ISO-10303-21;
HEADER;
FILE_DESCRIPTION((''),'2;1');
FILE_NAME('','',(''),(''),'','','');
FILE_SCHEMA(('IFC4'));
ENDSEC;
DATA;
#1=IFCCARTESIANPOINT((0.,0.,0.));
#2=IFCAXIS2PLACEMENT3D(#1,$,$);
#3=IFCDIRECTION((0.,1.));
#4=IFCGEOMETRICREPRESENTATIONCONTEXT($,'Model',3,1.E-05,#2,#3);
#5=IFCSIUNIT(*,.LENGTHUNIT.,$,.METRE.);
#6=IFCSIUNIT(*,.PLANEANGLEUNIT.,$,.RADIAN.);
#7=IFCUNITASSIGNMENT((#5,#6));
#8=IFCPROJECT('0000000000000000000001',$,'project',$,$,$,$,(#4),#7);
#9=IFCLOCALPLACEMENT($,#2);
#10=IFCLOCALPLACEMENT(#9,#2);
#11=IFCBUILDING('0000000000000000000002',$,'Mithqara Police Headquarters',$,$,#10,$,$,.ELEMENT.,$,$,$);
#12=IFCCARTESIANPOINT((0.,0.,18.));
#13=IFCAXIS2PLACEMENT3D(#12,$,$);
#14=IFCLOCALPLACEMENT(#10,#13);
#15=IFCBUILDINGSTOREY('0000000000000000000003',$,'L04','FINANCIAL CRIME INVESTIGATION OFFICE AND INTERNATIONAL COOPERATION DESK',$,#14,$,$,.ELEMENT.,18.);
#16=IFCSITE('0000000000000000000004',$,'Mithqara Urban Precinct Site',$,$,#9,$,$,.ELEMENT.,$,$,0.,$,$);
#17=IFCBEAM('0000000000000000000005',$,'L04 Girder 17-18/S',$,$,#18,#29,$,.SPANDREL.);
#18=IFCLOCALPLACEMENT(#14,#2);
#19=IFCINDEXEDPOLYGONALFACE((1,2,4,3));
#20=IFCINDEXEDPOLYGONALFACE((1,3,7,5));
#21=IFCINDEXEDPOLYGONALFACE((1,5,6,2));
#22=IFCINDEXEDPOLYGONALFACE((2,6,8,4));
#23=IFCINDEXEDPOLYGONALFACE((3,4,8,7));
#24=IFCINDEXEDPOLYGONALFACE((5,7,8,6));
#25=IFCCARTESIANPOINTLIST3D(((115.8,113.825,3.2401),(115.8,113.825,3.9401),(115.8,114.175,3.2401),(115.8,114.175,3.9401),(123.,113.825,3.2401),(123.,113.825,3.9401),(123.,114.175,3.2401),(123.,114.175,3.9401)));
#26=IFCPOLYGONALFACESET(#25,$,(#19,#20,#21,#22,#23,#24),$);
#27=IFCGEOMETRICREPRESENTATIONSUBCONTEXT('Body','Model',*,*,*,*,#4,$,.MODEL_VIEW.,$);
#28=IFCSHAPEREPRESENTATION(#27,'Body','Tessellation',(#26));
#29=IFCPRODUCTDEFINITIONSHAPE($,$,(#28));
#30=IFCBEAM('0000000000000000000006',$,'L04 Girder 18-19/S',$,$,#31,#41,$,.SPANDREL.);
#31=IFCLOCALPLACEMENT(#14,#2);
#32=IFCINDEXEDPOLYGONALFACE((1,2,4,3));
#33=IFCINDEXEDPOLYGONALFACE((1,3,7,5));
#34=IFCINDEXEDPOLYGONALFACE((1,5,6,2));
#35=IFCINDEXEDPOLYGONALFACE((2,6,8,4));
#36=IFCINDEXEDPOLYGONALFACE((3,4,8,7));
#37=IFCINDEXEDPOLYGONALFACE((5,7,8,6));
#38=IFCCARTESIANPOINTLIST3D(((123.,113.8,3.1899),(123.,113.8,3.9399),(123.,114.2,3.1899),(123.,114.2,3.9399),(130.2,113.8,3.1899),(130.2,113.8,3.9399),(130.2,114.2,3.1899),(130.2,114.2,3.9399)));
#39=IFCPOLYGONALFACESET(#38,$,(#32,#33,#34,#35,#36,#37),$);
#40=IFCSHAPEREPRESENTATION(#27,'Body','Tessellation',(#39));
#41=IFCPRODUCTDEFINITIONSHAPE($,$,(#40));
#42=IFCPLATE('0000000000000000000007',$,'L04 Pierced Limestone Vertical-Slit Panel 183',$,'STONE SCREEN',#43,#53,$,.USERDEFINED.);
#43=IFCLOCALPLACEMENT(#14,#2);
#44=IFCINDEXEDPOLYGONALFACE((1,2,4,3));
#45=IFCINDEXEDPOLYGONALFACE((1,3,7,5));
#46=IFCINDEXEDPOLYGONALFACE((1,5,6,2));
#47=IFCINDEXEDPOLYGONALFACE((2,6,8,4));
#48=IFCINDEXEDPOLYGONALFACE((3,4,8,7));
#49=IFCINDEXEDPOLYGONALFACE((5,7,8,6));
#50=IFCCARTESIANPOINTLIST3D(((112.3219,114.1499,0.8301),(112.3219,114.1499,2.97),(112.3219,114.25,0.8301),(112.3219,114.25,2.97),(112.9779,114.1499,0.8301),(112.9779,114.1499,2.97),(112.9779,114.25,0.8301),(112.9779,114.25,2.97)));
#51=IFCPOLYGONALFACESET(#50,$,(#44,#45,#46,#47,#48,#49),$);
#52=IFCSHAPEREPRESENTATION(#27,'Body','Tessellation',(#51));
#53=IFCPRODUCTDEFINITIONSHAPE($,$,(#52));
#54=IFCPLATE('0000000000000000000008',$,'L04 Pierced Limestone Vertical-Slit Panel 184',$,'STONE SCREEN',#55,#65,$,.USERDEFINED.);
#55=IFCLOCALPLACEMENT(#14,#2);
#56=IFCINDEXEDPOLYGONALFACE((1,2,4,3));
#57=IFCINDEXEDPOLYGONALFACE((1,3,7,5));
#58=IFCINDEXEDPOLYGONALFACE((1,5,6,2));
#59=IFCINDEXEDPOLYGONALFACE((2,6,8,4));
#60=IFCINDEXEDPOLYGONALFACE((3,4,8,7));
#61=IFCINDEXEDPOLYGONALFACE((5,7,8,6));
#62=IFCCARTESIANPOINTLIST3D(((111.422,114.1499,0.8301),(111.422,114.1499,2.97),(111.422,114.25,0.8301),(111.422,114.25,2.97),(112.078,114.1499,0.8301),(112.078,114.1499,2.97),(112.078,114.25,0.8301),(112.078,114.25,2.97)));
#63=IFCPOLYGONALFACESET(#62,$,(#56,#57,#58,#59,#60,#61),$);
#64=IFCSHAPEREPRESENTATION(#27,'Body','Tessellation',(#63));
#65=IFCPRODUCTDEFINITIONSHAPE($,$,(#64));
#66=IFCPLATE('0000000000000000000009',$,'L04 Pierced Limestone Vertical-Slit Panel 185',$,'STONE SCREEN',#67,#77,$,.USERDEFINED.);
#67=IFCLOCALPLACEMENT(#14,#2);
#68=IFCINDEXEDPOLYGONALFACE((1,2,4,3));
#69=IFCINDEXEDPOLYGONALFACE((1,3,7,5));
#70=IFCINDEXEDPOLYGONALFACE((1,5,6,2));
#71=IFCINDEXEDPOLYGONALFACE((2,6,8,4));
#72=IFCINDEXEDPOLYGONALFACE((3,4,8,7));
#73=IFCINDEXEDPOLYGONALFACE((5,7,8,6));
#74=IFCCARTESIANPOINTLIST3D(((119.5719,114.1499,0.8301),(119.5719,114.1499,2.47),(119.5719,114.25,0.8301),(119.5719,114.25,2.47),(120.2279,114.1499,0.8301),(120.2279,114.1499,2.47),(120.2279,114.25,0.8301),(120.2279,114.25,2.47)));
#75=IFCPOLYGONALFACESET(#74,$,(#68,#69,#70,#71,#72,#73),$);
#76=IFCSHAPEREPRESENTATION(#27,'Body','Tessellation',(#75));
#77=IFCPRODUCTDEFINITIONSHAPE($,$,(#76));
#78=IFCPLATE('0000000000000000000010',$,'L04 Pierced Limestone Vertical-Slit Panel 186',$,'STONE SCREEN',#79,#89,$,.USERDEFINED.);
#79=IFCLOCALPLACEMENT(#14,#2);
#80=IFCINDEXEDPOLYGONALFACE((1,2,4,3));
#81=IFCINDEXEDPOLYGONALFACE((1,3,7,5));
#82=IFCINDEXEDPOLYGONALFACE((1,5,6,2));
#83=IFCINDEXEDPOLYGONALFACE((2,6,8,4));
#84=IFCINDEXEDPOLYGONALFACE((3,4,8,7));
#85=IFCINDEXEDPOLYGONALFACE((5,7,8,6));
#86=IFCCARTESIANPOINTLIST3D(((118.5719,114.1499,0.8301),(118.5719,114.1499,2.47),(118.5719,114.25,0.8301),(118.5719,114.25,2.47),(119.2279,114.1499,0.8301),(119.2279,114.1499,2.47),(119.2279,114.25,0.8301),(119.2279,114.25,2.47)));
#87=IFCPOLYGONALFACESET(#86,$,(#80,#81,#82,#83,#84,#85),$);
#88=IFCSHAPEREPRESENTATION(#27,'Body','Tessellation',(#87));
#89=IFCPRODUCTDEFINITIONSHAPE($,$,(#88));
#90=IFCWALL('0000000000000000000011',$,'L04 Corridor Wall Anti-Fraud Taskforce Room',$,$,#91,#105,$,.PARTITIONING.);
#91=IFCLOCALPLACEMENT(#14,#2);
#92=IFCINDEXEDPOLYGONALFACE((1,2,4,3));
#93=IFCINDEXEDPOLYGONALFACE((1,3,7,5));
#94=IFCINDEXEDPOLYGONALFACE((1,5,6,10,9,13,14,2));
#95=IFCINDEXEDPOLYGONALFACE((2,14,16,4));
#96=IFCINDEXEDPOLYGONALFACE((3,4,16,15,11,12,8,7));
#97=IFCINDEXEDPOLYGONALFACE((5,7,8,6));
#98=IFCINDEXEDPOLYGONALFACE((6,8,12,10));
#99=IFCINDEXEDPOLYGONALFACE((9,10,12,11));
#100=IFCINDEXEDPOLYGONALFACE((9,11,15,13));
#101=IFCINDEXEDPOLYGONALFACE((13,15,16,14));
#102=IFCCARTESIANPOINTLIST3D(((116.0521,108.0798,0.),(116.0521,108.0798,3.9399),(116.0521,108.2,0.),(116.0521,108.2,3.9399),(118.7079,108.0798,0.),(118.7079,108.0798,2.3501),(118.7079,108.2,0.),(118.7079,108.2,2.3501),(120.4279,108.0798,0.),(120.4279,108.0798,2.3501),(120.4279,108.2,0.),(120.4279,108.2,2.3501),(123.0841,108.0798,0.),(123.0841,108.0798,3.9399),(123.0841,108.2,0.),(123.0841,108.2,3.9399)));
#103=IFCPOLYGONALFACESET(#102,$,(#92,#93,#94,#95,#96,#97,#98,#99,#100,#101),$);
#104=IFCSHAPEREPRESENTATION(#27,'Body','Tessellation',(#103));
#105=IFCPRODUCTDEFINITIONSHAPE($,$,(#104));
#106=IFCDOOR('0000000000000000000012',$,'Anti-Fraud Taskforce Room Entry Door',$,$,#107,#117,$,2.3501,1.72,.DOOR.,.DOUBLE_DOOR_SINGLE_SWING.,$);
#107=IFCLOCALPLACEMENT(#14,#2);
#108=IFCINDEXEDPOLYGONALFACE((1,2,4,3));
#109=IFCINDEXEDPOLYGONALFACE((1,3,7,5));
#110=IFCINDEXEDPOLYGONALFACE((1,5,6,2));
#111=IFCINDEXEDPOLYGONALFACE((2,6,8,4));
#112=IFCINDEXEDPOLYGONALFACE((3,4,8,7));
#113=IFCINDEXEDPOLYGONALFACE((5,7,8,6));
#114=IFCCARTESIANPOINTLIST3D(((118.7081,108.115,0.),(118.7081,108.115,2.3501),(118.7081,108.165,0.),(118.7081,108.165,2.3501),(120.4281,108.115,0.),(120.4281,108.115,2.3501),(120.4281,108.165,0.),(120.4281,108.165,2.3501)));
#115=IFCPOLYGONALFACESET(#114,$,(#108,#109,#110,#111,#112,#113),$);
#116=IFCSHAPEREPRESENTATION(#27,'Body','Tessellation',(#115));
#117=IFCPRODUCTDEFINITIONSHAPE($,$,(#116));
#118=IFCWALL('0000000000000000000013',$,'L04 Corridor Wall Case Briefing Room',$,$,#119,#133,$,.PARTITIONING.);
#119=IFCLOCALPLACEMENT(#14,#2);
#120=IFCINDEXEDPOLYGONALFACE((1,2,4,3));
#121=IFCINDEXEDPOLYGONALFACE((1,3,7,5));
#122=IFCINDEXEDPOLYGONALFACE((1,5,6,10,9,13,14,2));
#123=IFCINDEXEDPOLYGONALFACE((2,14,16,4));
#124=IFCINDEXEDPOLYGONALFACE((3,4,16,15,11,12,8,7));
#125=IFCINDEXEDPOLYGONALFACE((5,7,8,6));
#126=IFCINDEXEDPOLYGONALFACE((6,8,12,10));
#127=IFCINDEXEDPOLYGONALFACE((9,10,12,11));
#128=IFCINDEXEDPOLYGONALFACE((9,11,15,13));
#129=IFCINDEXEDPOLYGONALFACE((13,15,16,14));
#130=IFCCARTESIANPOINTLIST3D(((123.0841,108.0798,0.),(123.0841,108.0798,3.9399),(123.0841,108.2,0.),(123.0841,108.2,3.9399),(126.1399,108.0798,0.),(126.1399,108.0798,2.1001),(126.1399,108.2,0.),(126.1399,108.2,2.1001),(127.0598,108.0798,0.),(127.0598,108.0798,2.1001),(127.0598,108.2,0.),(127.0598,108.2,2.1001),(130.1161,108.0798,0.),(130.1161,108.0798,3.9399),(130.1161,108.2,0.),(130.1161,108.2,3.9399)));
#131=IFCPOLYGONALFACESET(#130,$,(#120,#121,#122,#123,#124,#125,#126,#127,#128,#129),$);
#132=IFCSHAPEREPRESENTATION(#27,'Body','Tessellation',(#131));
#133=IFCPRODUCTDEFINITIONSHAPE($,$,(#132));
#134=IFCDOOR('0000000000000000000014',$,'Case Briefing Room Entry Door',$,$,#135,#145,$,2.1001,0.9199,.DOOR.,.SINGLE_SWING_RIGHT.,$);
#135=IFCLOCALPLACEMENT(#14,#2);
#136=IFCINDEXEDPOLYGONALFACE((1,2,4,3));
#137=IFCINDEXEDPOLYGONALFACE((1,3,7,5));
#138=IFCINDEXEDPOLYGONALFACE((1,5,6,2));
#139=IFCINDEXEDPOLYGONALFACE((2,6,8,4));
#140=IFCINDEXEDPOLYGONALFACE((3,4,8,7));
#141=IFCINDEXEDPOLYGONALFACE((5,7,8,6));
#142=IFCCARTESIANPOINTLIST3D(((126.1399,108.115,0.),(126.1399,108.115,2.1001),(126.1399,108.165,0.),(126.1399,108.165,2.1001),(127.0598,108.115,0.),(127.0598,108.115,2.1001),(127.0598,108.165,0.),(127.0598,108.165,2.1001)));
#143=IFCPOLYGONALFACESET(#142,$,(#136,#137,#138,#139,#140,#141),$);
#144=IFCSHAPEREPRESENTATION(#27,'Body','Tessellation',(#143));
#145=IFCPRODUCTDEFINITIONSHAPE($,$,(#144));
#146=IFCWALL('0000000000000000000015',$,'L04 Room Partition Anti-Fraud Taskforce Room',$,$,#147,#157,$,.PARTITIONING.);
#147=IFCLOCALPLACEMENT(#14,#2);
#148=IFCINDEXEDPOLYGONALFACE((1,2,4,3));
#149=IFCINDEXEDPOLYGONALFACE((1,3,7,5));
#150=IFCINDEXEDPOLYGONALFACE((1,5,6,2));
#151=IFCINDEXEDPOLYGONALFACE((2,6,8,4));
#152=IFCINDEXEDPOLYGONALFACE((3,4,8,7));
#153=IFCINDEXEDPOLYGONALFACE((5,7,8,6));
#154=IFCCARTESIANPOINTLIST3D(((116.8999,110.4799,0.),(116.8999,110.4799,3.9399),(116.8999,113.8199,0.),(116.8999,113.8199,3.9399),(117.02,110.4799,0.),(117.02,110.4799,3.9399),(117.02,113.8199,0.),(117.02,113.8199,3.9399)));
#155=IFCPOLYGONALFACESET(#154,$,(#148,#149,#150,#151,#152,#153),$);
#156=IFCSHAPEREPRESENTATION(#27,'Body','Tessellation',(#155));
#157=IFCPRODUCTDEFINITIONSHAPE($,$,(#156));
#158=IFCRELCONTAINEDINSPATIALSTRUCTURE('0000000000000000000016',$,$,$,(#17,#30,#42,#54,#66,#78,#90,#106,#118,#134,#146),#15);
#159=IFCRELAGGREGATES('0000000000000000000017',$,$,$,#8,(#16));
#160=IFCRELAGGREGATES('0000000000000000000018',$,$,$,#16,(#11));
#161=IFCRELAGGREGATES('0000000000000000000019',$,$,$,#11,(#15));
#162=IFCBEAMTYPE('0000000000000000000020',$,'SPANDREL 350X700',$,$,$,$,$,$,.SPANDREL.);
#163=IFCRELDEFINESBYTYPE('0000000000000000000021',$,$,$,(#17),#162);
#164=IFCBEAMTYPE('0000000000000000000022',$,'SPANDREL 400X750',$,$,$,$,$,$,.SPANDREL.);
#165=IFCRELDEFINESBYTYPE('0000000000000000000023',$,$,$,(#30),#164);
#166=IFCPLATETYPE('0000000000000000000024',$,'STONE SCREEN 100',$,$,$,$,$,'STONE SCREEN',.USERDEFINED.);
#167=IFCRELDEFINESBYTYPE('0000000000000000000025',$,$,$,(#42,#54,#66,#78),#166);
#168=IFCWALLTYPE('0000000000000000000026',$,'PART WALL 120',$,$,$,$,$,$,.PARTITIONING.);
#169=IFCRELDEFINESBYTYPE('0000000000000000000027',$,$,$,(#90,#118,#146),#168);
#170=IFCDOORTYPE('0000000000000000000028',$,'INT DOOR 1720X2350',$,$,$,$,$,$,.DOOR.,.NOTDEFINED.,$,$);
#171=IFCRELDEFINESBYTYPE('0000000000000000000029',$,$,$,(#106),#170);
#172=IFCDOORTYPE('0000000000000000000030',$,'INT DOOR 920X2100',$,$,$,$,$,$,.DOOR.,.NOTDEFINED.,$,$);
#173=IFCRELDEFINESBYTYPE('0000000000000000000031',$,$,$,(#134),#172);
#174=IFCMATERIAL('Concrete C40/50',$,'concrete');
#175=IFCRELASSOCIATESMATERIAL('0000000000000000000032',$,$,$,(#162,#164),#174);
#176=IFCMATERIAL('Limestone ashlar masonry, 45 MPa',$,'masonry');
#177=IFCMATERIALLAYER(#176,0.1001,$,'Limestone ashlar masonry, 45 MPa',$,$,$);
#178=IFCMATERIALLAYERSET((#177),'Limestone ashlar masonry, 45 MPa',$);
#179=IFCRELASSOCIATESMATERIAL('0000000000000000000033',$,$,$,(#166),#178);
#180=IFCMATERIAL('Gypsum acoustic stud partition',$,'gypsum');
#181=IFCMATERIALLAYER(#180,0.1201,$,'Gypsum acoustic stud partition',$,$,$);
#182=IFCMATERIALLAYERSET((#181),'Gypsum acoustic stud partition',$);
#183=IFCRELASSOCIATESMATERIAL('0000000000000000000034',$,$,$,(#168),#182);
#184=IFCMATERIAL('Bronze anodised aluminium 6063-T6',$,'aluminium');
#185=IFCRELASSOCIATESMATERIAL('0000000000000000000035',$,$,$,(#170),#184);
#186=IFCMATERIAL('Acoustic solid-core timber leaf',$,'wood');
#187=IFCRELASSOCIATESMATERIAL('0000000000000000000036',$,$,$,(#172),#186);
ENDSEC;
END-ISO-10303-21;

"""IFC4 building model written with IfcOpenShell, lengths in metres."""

from ifc_helpers import new_model, si_unit, direction, frame, frame_2d, origin, origin_2d, place, context, subcontext, project, spatial, rectangle, extrude, material, layer, layer_set, material_profile, profile_set, type_object, element, fill, save


model = new_model("IFC4")

# Units and contexts
model_context = context("Model", 3, precision=1e-05, world=origin(), true_north=direction((0.0, 1.0)))
body_context = subcontext(model_context, "Body", "Model", "MODEL_VIEW")
ifc_project = project(units=[si_unit("LENGTHUNIT", "METRE"), si_unit("PLANEANGLEUNIT", "RADIAN")], contexts=[model_context])

# Site, building, storey
site_placement = place(None, origin())
site = spatial("IfcSite", under=ifc_project, at=site_placement, Name="Mithqara Urban Precinct Site", CompositionType="ELEMENT", RefElevation=0.0)
building_placement = place(site_placement, origin())
building = spatial("IfcBuilding", under=site, at=building_placement, Name="Mithqara Police Headquarters", CompositionType="ELEMENT")
storey_placement = place(building_placement, frame((0.0, 0.0, 18.0)))
storey = spatial("IfcBuildingStorey", under=building, at=storey_placement, Name="L04", Description="FINANCIAL CRIME INVESTIGATION OFFICE AND INTERNATIONAL COOPERATION DESK", CompositionType="ELEMENT", Elevation=18.0)

# Beams
ifc_material_1 = material(Name="Concrete C40/50", Category="concrete")
ifc_material_profile_1 = material_profile(ifc_material_1, rectangle(XDim=0.3501, YDim=0.7, at=origin_2d()), Name="SPB 350x700")
ifc_profile_set_1 = profile_set([ifc_material_profile_1], Name="Concrete C40/50")
beam_type_1 = type_object("IfcBeamType", Name="SPANDREL 350X700", PredefinedType="SPANDREL", material=ifc_profile_set_1)
beam_1_placement = place(storey_placement, frame((115.8, 114.0, 3.5901), z_axis=(1.0, 0.0, 0.0), x_axis=(0.0, 1.0, 0.0)))
element("IfcBeam", 1, at=beam_1_placement, inside=storey, type_object=beam_type_1, Name="L04 Girder 17-18/S", PredefinedType="SPANDREL", context=body_context, shape_type="SweptSolid", body=[
    extrude(rectangle(XDim=0.3501, YDim=0.7, at=origin_2d()), origin(), (0.0, 0.0, 1.0), 7.2),
])
ifc_material_profile_2 = material_profile(ifc_material_1, rectangle(XDim=0.3999, YDim=0.75, at=origin_2d()), Name="SPB 400x750")
ifc_profile_set_2 = profile_set([ifc_material_profile_2], Name="Concrete C40/50")
beam_type_2 = type_object("IfcBeamType", Name="SPANDREL 400X750", PredefinedType="SPANDREL", material=ifc_profile_set_2)
beam_2_placement = place(storey_placement, frame((123.0, 114.0, 3.5649), z_axis=(1.0, 0.0, 0.0), x_axis=(0.0, 1.0, 0.0)))
element("IfcBeam", 2, at=beam_2_placement, inside=storey, type_object=beam_type_2, Name="L04 Girder 18-19/S", PredefinedType="SPANDREL", context=body_context, shape_type="SweptSolid", body=[
    extrude(rectangle(XDim=0.3999, YDim=0.75, at=origin_2d()), origin(), (0.0, 0.0, 1.0), 7.2),
])

# Plates
ifc_material_2 = material(Name="Limestone ashlar masonry, 45 MPa", Category="masonry")
ifc_layer_1 = layer(ifc_material_2, 0.1001, Name="Limestone ashlar masonry, 45 MPa")
ifc_layer_set_1 = layer_set([ifc_layer_1], Name="Limestone ashlar masonry, 45 MPa")
plate_type = type_object("IfcPlateType", Name="STONE SCREEN 100", ElementType="STONE SCREEN", PredefinedType="USERDEFINED", material=ifc_layer_set_1)
for number, where, z_axis, x_axis, name in (
    (3, (112.6499, 114.2, 0.8301), (0.0, 0.0, 1.0), (1.0, 0.0, 0.0), "L04 Pierced Limestone Vertical-Slit Panel 183"),
    (4, (111.75, 114.2, 0.8301), (0.0, 0.0, 1.0), (1.0, 0.0, 0.0), "L04 Pierced Limestone Vertical-Slit Panel 184"),
):
    element("IfcPlate", number, at=place(storey_placement, frame(where, z_axis=z_axis, x_axis=x_axis)), inside=storey, type_object=plate_type, Name=name, ObjectType="STONE SCREEN", PredefinedType="USERDEFINED", context=body_context, shape_type="SweptSolid", body=[
        extrude(rectangle(XDim=0.656, YDim=0.1001, at=origin_2d()), origin(), (0.0, 0.0, 1.0), 2.1399),
    ])
for number, where, z_axis, x_axis, name in (
    (5, (119.8999, 114.2, 0.8301), (0.0, 0.0, 1.0), (1.0, 0.0, 0.0), "L04 Pierced Limestone Vertical-Slit Panel 185"),
    (6, (118.8999, 114.2, 0.8301), (0.0, 0.0, 1.0), (1.0, 0.0, 0.0), "L04 Pierced Limestone Vertical-Slit Panel 186"),
):
    element("IfcPlate", number, at=place(storey_placement, frame(where, z_axis=z_axis, x_axis=x_axis)), inside=storey, type_object=plate_type, Name=name, ObjectType="STONE SCREEN", PredefinedType="USERDEFINED", context=body_context, shape_type="SweptSolid", body=[
        extrude(rectangle(XDim=0.656, YDim=0.1001, at=origin_2d()), origin(), (0.0, 0.0, 1.0), 1.6399),
    ])

# Walls, openings, doors
ifc_material_3 = material(Name="Gypsum acoustic stud partition", Category="gypsum")
ifc_layer_2 = layer(ifc_material_3, 0.1201, Name="Gypsum acoustic stud partition")
ifc_layer_set_2 = layer_set([ifc_layer_2], Name="Gypsum acoustic stud partition")
wall_type = type_object("IfcWallType", Name="PART WALL 120", PredefinedType="PARTITIONING", material=ifc_layer_set_2)
wall_1_placement = place(storey_placement, frame((116.052, 108.1399, 0.0), z_axis=(0.0, 0.0, 1.0), x_axis=(1.0, 0.0, 0.0)))
wall_1 = element("IfcWall", 7, at=wall_1_placement, inside=storey, type_object=wall_type, Name="L04 Corridor Wall Anti-Fraud Taskforce Room", PredefinedType="PARTITIONING", context=body_context, shape_type="SweptSolid", body=[
    extrude(rectangle(XDim=7.032, YDim=0.1201, at=frame_2d((3.5161, 0.0))), origin(), (0.0, 0.0, 1.0), 3.9399),
])
opening_1_placement = place(wall_1_placement, frame((2.656, 0.0, 0.0)))
opening_1 = element("IfcOpeningElement", 8, at=opening_1_placement, cuts=wall_1, PredefinedType="OPENING", context=body_context, shape_type="SweptSolid", body=[
    extrude(rectangle(XDim=1.72, YDim=2.3501, at=frame_2d((0.8599, 1.175))), frame((0.0, 0.0701, 0.0), z_axis=(0.0, -1.0, 0.0), x_axis=(1.0, 0.0, 0.0)), (0.0, 0.0, 1.0), 0.1401),
])
ifc_material_4 = material(Name="Bronze anodised aluminium 6063-T6", Category="aluminium")
door_type_1 = type_object("IfcDoorType", Name="INT DOOR 1720X2350", OperationType="NOTDEFINED", PredefinedType="DOOR", material=ifc_material_4)
door_1_placement = place(opening_1_placement, frame((1.72, 0.0, 0.0), z_axis=(0.0, 0.0, 1.0), x_axis=(-1.0, 0.0, 0.0)))
door_1 = element("IfcDoor", 9, at=door_1_placement, inside=storey, type_object=door_type_1, Name="Anti-Fraud Taskforce Room Entry Door", OperationType="DOUBLE_DOOR_SINGLE_SWING", OverallHeight=2.3501, OverallWidth=1.72, PredefinedType="DOOR", context=body_context, shape_type="SweptSolid", body=[
    extrude(rectangle(XDim=1.72, YDim=2.3501, at=frame_2d((0.8599, 1.175))), frame((0.0, 0.0249, 0.0), z_axis=(0.0, -1.0, 0.0), x_axis=(1.0, 0.0, 0.0)), (0.0, 0.0, 1.0), 0.05),
])
fill(opening_1, door_1)
wall_2_placement = place(storey_placement, frame((123.084, 108.1399, 0.0), z_axis=(0.0, 0.0, 1.0), x_axis=(1.0, 0.0, 0.0)))
wall_2 = element("IfcWall", 10, at=wall_2_placement, inside=storey, type_object=wall_type, Name="L04 Corridor Wall Case Briefing Room", PredefinedType="PARTITIONING", context=body_context, shape_type="SweptSolid", body=[
    extrude(rectangle(XDim=7.032, YDim=0.1201, at=frame_2d((3.5161, 0.0))), origin(), (0.0, 0.0, 1.0), 3.9399),
])
opening_2_placement = place(wall_2_placement, frame((3.0559, 0.0, 0.0)))
opening_2 = element("IfcOpeningElement", 11, at=opening_2_placement, cuts=wall_2, PredefinedType="OPENING", context=body_context, shape_type="SweptSolid", body=[
    extrude(rectangle(XDim=0.9199, YDim=2.1001, at=frame_2d((0.46, 1.05))), frame((0.0, 0.0701, 0.0), z_axis=(0.0, -1.0, 0.0), x_axis=(1.0, 0.0, 0.0)), (0.0, 0.0, 1.0), 0.1401),
])
ifc_material_5 = material(Name="Acoustic solid-core timber leaf", Category="wood")
door_type_2 = type_object("IfcDoorType", Name="INT DOOR 920X2100", OperationType="NOTDEFINED", PredefinedType="DOOR", material=ifc_material_5)
door_2_placement = place(opening_2_placement, frame((0.9199, 0.0, 0.0), z_axis=(0.0, 0.0, 1.0), x_axis=(-1.0, 0.0, 0.0)))
door_2 = element("IfcDoor", 12, at=door_2_placement, inside=storey, type_object=door_type_2, Name="Case Briefing Room Entry Door", OperationType="SINGLE_SWING_RIGHT", OverallHeight=2.1001, OverallWidth=0.9199, PredefinedType="DOOR", context=body_context, shape_type="SweptSolid", body=[
    extrude(rectangle(XDim=0.9199, YDim=2.1001, at=frame_2d((0.46, 1.05))), frame((0.0, 0.0249, 0.0), z_axis=(0.0, -1.0, 0.0), x_axis=(1.0, 0.0, 0.0)), (0.0, 0.0, 1.0), 0.05),
])
fill(opening_2, door_2)

# Wall
wall_3_placement = place(storey_placement, frame((116.96, 110.48, 0.0), z_axis=(0.0, 0.0, 1.0), x_axis=(0.0, 1.0, 0.0)))
element("IfcWall", 13, at=wall_3_placement, inside=storey, type_object=wall_type, Name="L04 Room Partition Anti-Fraud Taskforce Room", PredefinedType="PARTITIONING", context=body_context, shape_type="SweptSolid", body=[
    extrude(rectangle(XDim=3.3401, YDim=0.1201, at=frame_2d((1.6699, 0.0))), origin(), (0.0, 0.0, 1.0), 3.9399),
])

save(model, "model.ifc")
